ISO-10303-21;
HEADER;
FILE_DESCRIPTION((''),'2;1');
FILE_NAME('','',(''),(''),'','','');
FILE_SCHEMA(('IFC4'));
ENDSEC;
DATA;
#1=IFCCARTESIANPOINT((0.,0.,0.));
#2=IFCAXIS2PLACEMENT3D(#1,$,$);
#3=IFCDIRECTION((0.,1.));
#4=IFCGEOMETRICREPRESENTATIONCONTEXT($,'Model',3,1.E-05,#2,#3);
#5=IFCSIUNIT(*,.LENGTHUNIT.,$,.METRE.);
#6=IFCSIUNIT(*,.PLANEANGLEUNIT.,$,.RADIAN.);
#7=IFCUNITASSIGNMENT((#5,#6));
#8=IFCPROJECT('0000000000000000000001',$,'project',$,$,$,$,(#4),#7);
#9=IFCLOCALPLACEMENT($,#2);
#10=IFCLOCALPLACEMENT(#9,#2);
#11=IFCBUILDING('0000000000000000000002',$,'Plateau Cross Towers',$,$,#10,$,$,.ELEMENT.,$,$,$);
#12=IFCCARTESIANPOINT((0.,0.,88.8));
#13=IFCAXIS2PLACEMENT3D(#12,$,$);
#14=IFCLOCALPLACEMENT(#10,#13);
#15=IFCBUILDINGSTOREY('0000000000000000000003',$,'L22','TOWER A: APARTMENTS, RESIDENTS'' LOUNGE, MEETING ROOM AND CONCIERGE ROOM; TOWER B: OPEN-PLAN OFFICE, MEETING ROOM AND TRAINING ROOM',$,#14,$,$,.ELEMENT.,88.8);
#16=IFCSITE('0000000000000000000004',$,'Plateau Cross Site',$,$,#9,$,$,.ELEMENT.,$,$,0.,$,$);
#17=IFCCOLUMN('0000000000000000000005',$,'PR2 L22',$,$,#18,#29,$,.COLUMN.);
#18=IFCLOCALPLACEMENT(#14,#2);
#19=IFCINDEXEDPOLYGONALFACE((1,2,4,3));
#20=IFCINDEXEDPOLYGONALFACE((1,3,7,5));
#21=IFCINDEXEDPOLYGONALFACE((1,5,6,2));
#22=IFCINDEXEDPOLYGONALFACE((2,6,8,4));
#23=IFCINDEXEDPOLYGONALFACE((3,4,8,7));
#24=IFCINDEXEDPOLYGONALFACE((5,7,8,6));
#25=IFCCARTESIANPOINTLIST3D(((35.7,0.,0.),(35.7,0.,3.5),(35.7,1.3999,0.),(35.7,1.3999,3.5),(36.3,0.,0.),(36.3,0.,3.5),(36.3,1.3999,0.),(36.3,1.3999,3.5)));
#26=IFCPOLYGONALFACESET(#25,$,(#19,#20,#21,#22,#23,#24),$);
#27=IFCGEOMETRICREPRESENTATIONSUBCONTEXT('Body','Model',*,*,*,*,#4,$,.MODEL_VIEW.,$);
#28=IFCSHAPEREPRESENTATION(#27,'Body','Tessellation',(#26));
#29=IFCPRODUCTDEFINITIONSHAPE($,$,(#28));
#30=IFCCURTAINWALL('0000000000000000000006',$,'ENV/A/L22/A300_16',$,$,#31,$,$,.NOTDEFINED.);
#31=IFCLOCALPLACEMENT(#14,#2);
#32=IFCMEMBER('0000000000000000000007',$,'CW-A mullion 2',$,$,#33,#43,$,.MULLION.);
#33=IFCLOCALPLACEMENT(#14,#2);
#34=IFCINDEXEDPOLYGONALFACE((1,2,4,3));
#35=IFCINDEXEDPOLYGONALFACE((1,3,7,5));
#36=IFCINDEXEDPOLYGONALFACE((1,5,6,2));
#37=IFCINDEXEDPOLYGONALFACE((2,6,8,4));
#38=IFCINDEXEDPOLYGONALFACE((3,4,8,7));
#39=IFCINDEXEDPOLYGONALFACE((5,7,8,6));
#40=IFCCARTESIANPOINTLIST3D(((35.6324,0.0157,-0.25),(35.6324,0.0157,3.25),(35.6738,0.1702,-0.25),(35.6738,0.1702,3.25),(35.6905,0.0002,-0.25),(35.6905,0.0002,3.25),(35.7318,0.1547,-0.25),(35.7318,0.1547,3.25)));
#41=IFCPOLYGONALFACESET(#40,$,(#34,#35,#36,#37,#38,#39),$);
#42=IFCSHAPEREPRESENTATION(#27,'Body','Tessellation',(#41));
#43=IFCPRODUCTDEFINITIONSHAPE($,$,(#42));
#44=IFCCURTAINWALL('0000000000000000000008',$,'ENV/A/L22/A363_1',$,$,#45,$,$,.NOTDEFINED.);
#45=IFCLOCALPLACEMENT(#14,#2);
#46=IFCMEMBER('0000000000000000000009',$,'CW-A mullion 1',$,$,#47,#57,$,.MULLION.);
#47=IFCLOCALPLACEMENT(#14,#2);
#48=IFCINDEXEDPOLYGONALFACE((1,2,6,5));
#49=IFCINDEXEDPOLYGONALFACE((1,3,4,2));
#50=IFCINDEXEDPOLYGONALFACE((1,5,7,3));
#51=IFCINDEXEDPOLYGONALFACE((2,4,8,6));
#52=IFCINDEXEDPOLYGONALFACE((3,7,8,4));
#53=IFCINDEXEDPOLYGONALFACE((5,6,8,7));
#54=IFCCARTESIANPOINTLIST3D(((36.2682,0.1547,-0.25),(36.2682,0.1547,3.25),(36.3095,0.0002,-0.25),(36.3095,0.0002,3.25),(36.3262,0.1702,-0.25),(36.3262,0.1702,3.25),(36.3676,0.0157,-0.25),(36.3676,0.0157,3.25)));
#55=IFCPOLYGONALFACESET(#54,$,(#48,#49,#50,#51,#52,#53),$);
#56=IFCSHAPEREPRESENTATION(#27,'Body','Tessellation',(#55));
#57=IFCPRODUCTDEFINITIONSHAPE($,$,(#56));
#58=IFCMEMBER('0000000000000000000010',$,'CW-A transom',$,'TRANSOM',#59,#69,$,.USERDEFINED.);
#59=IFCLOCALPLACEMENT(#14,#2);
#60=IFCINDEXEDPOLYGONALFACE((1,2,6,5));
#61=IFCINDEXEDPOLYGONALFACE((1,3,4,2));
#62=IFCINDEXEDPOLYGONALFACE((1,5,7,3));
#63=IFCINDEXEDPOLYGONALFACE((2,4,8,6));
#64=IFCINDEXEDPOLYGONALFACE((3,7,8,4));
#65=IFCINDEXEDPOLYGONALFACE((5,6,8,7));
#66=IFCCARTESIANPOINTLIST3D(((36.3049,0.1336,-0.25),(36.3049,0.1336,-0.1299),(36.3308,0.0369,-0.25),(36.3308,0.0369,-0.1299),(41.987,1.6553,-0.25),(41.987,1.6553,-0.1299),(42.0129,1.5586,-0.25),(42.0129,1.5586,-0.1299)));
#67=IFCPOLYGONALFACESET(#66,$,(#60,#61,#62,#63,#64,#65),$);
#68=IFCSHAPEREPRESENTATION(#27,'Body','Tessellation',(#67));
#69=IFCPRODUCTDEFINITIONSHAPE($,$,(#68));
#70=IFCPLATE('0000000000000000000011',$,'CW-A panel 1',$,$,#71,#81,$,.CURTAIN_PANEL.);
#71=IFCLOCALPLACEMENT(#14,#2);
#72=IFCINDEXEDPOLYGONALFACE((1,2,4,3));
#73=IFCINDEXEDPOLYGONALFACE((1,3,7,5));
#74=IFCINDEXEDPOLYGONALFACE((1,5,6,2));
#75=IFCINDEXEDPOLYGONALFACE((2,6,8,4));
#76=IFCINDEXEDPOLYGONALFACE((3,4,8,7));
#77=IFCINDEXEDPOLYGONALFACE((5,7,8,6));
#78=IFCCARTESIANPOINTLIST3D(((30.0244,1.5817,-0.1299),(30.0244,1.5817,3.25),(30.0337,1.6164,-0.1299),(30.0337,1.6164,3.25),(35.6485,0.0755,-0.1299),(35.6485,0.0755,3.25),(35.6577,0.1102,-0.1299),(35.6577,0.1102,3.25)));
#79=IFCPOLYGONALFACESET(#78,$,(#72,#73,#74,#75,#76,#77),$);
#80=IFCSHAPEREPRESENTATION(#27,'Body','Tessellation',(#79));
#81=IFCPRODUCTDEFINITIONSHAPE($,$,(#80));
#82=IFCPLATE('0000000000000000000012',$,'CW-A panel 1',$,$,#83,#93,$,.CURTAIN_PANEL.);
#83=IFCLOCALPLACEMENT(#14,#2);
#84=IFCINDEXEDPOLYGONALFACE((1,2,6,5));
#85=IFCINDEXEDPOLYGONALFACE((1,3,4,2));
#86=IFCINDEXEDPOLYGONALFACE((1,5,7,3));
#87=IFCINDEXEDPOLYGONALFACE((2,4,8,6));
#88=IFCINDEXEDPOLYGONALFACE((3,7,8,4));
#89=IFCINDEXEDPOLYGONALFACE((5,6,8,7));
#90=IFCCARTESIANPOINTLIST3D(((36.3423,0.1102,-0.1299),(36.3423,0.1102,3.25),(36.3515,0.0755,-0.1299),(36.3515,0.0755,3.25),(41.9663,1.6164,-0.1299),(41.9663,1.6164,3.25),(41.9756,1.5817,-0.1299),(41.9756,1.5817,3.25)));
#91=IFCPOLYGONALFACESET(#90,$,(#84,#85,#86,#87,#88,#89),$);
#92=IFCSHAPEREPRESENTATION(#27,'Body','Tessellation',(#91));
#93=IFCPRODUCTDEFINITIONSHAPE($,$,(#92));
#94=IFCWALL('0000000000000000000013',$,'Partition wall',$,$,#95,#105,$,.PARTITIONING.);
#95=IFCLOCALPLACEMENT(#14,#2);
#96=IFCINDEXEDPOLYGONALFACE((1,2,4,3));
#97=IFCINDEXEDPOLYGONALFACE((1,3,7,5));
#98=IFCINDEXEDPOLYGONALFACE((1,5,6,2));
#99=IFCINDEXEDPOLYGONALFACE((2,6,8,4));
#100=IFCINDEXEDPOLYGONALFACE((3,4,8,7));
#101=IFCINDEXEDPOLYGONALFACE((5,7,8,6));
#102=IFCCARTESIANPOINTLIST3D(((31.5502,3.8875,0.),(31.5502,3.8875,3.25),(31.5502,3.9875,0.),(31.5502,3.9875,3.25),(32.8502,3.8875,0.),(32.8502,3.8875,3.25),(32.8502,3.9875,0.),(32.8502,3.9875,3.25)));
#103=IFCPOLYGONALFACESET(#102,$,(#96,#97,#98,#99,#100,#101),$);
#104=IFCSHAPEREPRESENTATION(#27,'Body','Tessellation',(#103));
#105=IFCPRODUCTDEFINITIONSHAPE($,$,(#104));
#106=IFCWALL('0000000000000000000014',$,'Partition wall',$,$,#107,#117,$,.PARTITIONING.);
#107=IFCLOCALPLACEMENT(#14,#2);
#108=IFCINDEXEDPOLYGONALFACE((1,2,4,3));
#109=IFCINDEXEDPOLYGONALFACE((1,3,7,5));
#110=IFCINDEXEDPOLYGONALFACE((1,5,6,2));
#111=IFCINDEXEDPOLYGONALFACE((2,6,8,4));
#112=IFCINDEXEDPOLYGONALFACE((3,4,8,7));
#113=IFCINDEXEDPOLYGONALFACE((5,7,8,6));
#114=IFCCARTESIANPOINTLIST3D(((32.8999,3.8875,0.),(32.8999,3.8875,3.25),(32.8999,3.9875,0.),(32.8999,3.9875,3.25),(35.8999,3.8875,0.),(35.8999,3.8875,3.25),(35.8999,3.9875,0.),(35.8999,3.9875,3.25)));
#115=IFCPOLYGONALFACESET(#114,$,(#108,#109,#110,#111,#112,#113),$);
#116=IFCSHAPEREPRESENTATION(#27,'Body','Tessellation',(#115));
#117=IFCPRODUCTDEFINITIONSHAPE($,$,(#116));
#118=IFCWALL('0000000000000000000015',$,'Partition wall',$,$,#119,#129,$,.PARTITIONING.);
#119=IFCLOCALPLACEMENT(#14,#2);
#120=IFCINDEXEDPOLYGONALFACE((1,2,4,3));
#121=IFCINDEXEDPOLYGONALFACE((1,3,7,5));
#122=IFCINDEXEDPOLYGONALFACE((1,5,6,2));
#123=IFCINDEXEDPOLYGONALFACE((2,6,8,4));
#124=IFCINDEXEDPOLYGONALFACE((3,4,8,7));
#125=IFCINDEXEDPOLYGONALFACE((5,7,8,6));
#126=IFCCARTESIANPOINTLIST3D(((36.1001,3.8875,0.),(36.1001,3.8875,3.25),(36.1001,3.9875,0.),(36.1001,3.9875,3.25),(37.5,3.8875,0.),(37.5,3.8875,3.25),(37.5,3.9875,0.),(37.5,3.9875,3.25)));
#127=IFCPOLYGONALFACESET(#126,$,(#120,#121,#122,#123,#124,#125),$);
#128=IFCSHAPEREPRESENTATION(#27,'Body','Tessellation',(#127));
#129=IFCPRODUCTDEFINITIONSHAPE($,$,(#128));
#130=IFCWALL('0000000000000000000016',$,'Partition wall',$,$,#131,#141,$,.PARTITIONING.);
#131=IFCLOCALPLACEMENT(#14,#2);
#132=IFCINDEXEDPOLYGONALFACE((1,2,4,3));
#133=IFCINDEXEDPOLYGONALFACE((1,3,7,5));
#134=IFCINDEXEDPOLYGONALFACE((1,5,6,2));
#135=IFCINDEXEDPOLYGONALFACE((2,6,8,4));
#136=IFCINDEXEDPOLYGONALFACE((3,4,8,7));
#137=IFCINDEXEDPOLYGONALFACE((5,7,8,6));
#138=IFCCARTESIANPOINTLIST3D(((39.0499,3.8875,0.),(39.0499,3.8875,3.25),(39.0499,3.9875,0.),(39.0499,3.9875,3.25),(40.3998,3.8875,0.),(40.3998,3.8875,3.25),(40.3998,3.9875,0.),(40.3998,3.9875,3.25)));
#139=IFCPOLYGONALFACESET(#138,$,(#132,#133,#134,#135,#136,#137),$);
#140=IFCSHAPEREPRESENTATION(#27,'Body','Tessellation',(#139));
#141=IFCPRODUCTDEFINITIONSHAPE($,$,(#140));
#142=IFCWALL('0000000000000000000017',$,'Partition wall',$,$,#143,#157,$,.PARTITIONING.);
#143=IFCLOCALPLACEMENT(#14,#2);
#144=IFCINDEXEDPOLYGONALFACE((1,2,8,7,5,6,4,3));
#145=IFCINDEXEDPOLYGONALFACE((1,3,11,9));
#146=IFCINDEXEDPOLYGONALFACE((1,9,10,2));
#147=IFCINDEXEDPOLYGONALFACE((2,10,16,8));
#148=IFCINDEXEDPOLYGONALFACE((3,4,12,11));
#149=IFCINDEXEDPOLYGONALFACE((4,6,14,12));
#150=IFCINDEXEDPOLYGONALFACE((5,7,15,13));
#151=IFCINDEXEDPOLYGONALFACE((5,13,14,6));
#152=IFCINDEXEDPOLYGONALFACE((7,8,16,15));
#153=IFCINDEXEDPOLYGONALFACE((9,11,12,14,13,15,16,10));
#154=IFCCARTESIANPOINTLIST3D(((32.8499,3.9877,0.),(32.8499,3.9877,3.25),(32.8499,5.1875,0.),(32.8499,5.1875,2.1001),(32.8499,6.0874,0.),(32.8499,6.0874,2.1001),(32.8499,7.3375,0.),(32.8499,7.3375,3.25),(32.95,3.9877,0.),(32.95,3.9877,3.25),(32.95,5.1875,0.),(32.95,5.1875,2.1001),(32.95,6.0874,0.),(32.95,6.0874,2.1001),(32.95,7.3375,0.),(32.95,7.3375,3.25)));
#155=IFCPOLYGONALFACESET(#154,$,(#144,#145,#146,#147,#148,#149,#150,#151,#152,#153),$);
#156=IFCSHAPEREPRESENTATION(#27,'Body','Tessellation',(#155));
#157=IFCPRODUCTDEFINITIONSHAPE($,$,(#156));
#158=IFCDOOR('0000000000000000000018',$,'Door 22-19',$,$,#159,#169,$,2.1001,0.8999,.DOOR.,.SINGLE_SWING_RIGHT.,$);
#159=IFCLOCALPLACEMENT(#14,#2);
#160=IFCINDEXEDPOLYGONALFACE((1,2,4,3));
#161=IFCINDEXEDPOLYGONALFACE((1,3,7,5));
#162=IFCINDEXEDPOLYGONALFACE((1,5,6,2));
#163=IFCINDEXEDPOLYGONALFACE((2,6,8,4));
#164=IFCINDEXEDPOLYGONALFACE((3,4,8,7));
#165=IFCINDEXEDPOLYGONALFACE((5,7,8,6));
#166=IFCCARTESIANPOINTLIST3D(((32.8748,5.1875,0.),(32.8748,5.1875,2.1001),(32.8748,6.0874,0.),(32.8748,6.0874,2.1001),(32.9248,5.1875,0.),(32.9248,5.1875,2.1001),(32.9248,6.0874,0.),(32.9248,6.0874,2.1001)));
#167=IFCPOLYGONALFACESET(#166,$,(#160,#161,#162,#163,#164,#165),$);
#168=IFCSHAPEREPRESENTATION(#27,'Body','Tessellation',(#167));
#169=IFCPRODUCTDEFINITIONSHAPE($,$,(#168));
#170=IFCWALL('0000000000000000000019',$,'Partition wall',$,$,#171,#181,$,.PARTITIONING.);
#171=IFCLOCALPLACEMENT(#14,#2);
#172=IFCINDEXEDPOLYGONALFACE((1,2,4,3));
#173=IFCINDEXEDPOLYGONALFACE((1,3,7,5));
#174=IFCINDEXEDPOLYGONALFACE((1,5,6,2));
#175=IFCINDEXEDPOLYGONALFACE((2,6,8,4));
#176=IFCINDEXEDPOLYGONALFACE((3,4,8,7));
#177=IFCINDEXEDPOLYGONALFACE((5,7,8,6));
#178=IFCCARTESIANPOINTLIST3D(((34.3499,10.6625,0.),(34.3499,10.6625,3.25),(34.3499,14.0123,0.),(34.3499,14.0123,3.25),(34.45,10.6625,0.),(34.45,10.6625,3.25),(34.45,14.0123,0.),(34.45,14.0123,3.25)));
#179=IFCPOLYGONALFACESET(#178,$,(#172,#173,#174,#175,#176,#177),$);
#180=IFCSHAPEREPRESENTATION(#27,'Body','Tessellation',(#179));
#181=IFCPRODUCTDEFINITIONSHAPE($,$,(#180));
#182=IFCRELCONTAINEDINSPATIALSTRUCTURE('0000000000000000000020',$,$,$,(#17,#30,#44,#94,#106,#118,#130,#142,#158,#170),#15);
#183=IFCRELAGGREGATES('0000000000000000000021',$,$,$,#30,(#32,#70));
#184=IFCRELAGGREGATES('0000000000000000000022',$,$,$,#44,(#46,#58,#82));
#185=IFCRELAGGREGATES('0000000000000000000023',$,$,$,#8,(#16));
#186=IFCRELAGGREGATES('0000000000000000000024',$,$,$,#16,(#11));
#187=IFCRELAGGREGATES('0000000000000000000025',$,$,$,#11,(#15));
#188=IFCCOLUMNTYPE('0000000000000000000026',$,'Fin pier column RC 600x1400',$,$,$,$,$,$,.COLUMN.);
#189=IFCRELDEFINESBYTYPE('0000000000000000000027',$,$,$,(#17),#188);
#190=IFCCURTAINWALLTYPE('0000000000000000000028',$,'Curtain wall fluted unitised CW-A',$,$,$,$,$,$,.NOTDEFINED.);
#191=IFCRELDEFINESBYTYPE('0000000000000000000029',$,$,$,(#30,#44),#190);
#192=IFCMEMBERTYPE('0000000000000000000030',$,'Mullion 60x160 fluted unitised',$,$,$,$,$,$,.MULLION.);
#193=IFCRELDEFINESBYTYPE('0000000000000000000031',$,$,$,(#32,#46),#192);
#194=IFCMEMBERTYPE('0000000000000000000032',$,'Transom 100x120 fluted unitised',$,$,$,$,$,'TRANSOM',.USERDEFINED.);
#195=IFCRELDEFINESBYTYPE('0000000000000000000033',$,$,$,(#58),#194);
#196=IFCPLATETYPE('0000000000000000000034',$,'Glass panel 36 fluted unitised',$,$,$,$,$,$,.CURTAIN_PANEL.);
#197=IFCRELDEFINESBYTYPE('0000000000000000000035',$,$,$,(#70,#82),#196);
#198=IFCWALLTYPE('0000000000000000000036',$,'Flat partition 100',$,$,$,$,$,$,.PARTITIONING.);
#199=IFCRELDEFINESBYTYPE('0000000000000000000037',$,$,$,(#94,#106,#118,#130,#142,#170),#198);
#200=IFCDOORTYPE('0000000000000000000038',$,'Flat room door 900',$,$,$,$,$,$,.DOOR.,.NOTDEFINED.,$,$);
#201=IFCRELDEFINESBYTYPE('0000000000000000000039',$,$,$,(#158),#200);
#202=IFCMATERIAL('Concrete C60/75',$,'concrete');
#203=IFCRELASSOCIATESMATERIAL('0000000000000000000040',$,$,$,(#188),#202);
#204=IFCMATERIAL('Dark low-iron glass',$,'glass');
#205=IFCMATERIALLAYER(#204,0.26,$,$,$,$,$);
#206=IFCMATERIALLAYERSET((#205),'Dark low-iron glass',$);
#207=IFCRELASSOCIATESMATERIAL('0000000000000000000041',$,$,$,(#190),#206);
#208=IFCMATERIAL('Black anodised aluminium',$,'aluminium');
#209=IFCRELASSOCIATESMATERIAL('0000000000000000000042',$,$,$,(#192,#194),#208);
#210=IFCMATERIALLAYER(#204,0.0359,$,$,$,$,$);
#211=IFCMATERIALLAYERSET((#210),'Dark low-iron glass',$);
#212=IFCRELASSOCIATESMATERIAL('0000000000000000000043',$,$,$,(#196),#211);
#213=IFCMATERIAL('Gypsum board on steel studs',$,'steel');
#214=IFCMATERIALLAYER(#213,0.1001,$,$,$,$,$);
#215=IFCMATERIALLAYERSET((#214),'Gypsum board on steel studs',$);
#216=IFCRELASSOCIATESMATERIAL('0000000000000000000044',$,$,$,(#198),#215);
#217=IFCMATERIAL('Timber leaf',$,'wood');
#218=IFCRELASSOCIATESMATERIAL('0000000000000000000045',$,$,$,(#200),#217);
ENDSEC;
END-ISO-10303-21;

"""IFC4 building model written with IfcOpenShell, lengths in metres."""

from ifc_helpers import new_model, si_unit, direction, frame, frame_2d, origin, origin_2d, place, context, subcontext, project, spatial, rectangle, extrude, material, layer, layer_set, material_profile, profile_set, type_object, element, fill, aggregate, save


model = new_model("IFC4")

# Units and contexts
model_context = context("Model", 3, precision=1e-05, world=origin(), true_north=direction((0.0, 1.0)))
body_context = subcontext(model_context, "Body", "Model", "MODEL_VIEW")
ifc_project = project(units=[si_unit("LENGTHUNIT", "METRE"), si_unit("PLANEANGLEUNIT", "RADIAN")], contexts=[model_context])

# Site, building, storey
site_placement = place(None, origin())
site = spatial("IfcSite", under=ifc_project, at=site_placement, Name="Plateau Cross Site", CompositionType="ELEMENT", RefElevation=0.0)
building_placement = place(site_placement, origin())
building = spatial("IfcBuilding", under=site, at=building_placement, Name="Plateau Cross Towers", CompositionType="ELEMENT")
storey_placement = place(building_placement, frame((0.0, 0.0, 88.8)))
storey = spatial("IfcBuildingStorey", under=building, at=storey_placement, Name="L22", Description="TOWER A: APARTMENTS, RESIDENTS' LOUNGE, MEETING ROOM AND CONCIERGE ROOM; TOWER B: OPEN-PLAN OFFICE, MEETING ROOM AND TRAINING ROOM", CompositionType="ELEMENT", Elevation=88.8)

# Column
ifc_material_1 = material(Name="Concrete C60/75", Category="concrete")
ifc_material_profile_1 = material_profile(ifc_material_1, rectangle(XDim=0.6001, YDim=1.3999, at=origin_2d()), Name="RC 600x1400")
ifc_profile_set_1 = profile_set([ifc_material_profile_1], Name="Concrete C60/75")
column_type = type_object("IfcColumnType", Name="Fin pier column RC 600x1400", PredefinedType="COLUMN", material=ifc_profile_set_1)
column_placement = place(storey_placement, frame((36.0, 0.7, 0.0), z_axis=(0.0, 0.0, 1.0), x_axis=(1.0, 0.0, 0.0)))
element("IfcColumn", 1, at=column_placement, inside=storey, type_object=column_type, Name="PR2 L22", PredefinedType="COLUMN", context=body_context, shape_type="SweptSolid", body=[
    extrude(rectangle(XDim=0.6001, YDim=1.3999, at=origin_2d()), origin(), (0.0, 0.0, 1.0), 3.5),
])

# Curtain wall, member
ifc_material_2 = material(Name="Dark low-iron glass", Category="glass")
ifc_layer_1 = layer(ifc_material_2, 0.26)
ifc_layer_set_1 = layer_set([ifc_layer_1], Name="Dark low-iron glass")
curtain_wall_type = type_object("IfcCurtainWallType", Name="Curtain wall fluted unitised CW-A", PredefinedType="NOTDEFINED", material=ifc_layer_set_1)
curtain_wall_1_placement = place(storey_placement, origin())
curtain_wall_1 = element("IfcCurtainWall", 2, at=curtain_wall_1_placement, inside=storey, type_object=curtain_wall_type, Name="ENV/A/L22/A300_16", PredefinedType="NOTDEFINED")
ifc_material_3 = material(Name="Black anodised aluminium", Category="aluminium")
ifc_material_profile_2 = material_profile(ifc_material_3, rectangle(XDim=0.0601, YDim=0.1599, at=origin_2d()), Name="MULLION 60x160")
ifc_profile_set_2 = profile_set([ifc_material_profile_2], Name="Black anodised aluminium")
member_type_1 = type_object("IfcMemberType", Name="Mullion 60x160 fluted unitised", PredefinedType="MULLION", material=ifc_profile_set_2)
member_1_placement = place(storey_placement, frame((35.6821, 0.0852, -0.25), z_axis=(0.0, 0.0, 1.0), x_axis=(0.965958, -0.258699, 0.0)))
member_1 = element("IfcMember", 3, at=member_1_placement, type_object=member_type_1, Name="CW-A mullion 2", PredefinedType="MULLION", context=body_context, shape_type="SweptSolid", body=[
    extrude(rectangle(XDim=0.0601, YDim=0.1599, at=origin_2d()), origin(), (0.0, 0.0, 1.0), 3.5),
])

# Curtain wall, members
curtain_wall_2_placement = place(storey_placement, origin())
curtain_wall_2 = element("IfcCurtainWall", 4, at=curtain_wall_2_placement, inside=storey, type_object=curtain_wall_type, Name="ENV/A/L22/A363_1", PredefinedType="NOTDEFINED")
member_2_placement = place(storey_placement, frame((36.3179, 0.0852, -0.25), z_axis=(0.0, 0.0, 1.0), x_axis=(0.965958, 0.258699, 0.0)))
member_2 = element("IfcMember", 5, at=member_2_placement, type_object=member_type_1, Name="CW-A mullion 1", PredefinedType="MULLION", context=body_context, shape_type="SweptSolid", body=[
    extrude(rectangle(XDim=0.0601, YDim=0.1599, at=origin_2d()), origin(), (0.0, 0.0, 1.0), 3.5),
])
ifc_material_profile_3 = material_profile(ifc_material_3, rectangle(XDim=0.1001, YDim=0.1201, at=origin_2d()), Name="TRANSOM 100x120")
ifc_profile_set_3 = profile_set([ifc_material_profile_3], Name="Black anodised aluminium")
member_type_2 = type_object("IfcMemberType", Name="Transom 100x120 fluted unitised", ElementType="TRANSOM", PredefinedType="USERDEFINED", material=ifc_profile_set_3)
member_3_placement = place(storey_placement, frame((36.3179, 0.0852, -0.1899), z_axis=(0.96596, 0.258693, 0.0), x_axis=(-0.258693, 0.96596, 0.0)))
member_3 = element("IfcMember", 6, at=member_3_placement, type_object=member_type_2, Name="CW-A transom", ObjectType="TRANSOM", PredefinedType="USERDEFINED", context=body_context, shape_type="SweptSolid", body=[
    extrude(rectangle(XDim=0.1001, YDim=0.1201, at=origin_2d()), origin(), (0.0, 0.0, 1.0), 5.8823),
])

# Plates
ifc_layer_2 = layer(ifc_material_2, 0.0359)
ifc_layer_set_2 = layer_set([ifc_layer_2], Name="Dark low-iron glass")
plate_type = type_object("IfcPlateType", Name="Glass panel 36 fluted unitised", PredefinedType="CURTAIN_PANEL", material=ifc_layer_set_2)
plate_1_placement = place(storey_placement, frame((32.8411, 0.8459, -0.1299), z_axis=(0.0, 0.0, 1.0), x_axis=(0.965958, -0.258699, 0.0)))
plate_1 = element("IfcPlate", 7, at=plate_1_placement, type_object=plate_type, Name="CW-A panel 1", PredefinedType="CURTAIN_PANEL", context=body_context, shape_type="SweptSolid", body=[
    extrude(rectangle(XDim=5.8223, YDim=0.0359, at=origin_2d()), origin(), (0.0, 0.0, 1.0), 3.3799),
])
aggregate(curtain_wall_1, [member_1, plate_1])
plate_2_placement = place(storey_placement, frame((39.1589, 0.8459, -0.1299), z_axis=(0.0, 0.0, 1.0), x_axis=(0.965958, 0.258699, 0.0)))
plate_2 = element("IfcPlate", 8, at=plate_2_placement, type_object=plate_type, Name="CW-A panel 1", PredefinedType="CURTAIN_PANEL", context=body_context, shape_type="SweptSolid", body=[
    extrude(rectangle(XDim=5.8223, YDim=0.0359, at=origin_2d()), origin(), (0.0, 0.0, 1.0), 3.3799),
])
aggregate(curtain_wall_2, [member_2, member_3, plate_2])

# Walls
ifc_material_4 = material(Name="Gypsum board on steel studs", Category="steel")
ifc_layer_3 = layer(ifc_material_4, 0.1001)
ifc_layer_set_3 = layer_set([ifc_layer_3], Name="Gypsum board on steel studs")
wall_type_1 = type_object("IfcWallType", Name="Flat partition 100", PredefinedType="PARTITIONING", material=ifc_layer_set_3)
wall_1_placement = place(storey_placement, frame((32.8501, 3.9375, 0.0), z_axis=(0.0, 0.0, 1.0), x_axis=(-1.0, 0.0, 0.0)))
element("IfcWall", 9, at=wall_1_placement, inside=storey, type_object=wall_type_1, Name="Partition wall", PredefinedType="PARTITIONING", context=body_context, shape_type="SweptSolid", body=[
    extrude(rectangle(XDim=1.3, YDim=0.1001, at=frame_2d((0.6499, 0.0))), origin(), (0.0, 0.0, 1.0), 3.25),
])
wall_2_placement = place(storey_placement, frame((32.8999, 3.9375, 0.0), z_axis=(0.0, 0.0, 1.0), x_axis=(1.0, 0.0, 0.0)))
element("IfcWall", 10, at=wall_2_placement, inside=storey, type_object=wall_type_1, Name="Partition wall", PredefinedType="PARTITIONING", context=body_context, shape_type="SweptSolid", body=[
    extrude(rectangle(XDim=3.0, YDim=0.1001, at=frame_2d((1.5, 0.0))), origin(), (0.0, 0.0, 1.0), 3.25),
])
wall_3_placement = place(storey_placement, frame((36.1001, 3.9375, 0.0), z_axis=(0.0, 0.0, 1.0), x_axis=(1.0, 0.0, 0.0)))
element("IfcWall", 11, at=wall_3_placement, inside=storey, type_object=wall_type_1, Name="Partition wall", PredefinedType="PARTITIONING", context=body_context, shape_type="SweptSolid", body=[
    extrude(rectangle(XDim=1.3999, YDim=0.1001, at=frame_2d((0.7, 0.0))), origin(), (0.0, 0.0, 1.0), 3.25),
])
wall_4_placement = place(storey_placement, frame((39.05, 3.9375, 0.0), z_axis=(0.0, 0.0, 1.0), x_axis=(1.0, 0.0, 0.0)))
element("IfcWall", 12, at=wall_4_placement, inside=storey, type_object=wall_type_1, Name="Partition wall", PredefinedType="PARTITIONING", context=body_context, shape_type="SweptSolid", body=[
    extrude(rectangle(XDim=1.3499, YDim=0.1001, at=frame_2d((0.6748, 0.0))), origin(), (0.0, 0.0, 1.0), 3.25),
])

# Wall, opening, door
wall_5_placement = place(storey_placement, frame((32.8999, 7.3374, 0.0), z_axis=(0.0, 0.0, 1.0), x_axis=(0.0, -1.0, 0.0)))
wall_5 = element("IfcWall", 13, at=wall_5_placement, inside=storey, type_object=wall_type_1, Name="Partition wall", PredefinedType="PARTITIONING", context=body_context, shape_type="SweptSolid", body=[
    extrude(rectangle(XDim=3.3499, YDim=0.1001, at=frame_2d((1.6748, 0.0))), origin(), (0.0, 0.0, 1.0), 3.25),
])
opening_1_placement = place(wall_5_placement, frame((1.25, 0.0, 0.0)))
opening_1 = element("IfcOpeningElement", 14, at=opening_1_placement, cuts=wall_5, PredefinedType="OPENING", context=body_context, shape_type="SweptSolid", body=[
    extrude(rectangle(XDim=0.8999, YDim=2.1001, at=frame_2d((0.45, 1.05))), frame((0.0, 0.0601, 0.0), z_axis=(0.0, -1.0, 0.0), x_axis=(1.0, 0.0, 0.0)), (0.0, 0.0, 1.0), 0.1201),
])
ifc_material_5 = material(Name="Timber leaf", Category="wood")
door_type = type_object("IfcDoorType", Name="Flat room door 900", OperationType="NOTDEFINED", PredefinedType="DOOR", material=ifc_material_5)
door_1_placement = place(opening_1_placement, origin())
door_1 = element("IfcDoor", 15, at=door_1_placement, inside=storey, type_object=door_type, Name="Door 22-19", OperationType="SINGLE_SWING_RIGHT", OverallHeight=2.1001, OverallWidth=0.8999, PredefinedType="DOOR", context=body_context, shape_type="SweptSolid", body=[
    extrude(rectangle(XDim=0.8999, YDim=2.1001, at=frame_2d((0.45, 1.05))), frame((0.0, 0.0249, 0.0), z_axis=(0.0, -1.0, 0.0), x_axis=(1.0, 0.0, 0.0)), (0.0, 0.0, 1.0), 0.05),
])
fill(opening_1, door_1)

# Wall
wall_6_placement = place(storey_placement, frame((34.3999, 10.6626, 0.0), z_axis=(0.0, 0.0, 1.0), x_axis=(0.0, 1.0, 0.0)))
element("IfcWall", 16, at=wall_6_placement, inside=storey, type_object=wall_type_1, Name="Partition wall", PredefinedType="PARTITIONING", context=body_context, shape_type="SweptSolid", body=[
    extrude(rectangle(XDim=3.3499, YDim=0.1001, at=frame_2d((1.6748, 0.0))), origin(), (0.0, 0.0, 1.0), 3.25),
])

save(model, "model.ifc")
